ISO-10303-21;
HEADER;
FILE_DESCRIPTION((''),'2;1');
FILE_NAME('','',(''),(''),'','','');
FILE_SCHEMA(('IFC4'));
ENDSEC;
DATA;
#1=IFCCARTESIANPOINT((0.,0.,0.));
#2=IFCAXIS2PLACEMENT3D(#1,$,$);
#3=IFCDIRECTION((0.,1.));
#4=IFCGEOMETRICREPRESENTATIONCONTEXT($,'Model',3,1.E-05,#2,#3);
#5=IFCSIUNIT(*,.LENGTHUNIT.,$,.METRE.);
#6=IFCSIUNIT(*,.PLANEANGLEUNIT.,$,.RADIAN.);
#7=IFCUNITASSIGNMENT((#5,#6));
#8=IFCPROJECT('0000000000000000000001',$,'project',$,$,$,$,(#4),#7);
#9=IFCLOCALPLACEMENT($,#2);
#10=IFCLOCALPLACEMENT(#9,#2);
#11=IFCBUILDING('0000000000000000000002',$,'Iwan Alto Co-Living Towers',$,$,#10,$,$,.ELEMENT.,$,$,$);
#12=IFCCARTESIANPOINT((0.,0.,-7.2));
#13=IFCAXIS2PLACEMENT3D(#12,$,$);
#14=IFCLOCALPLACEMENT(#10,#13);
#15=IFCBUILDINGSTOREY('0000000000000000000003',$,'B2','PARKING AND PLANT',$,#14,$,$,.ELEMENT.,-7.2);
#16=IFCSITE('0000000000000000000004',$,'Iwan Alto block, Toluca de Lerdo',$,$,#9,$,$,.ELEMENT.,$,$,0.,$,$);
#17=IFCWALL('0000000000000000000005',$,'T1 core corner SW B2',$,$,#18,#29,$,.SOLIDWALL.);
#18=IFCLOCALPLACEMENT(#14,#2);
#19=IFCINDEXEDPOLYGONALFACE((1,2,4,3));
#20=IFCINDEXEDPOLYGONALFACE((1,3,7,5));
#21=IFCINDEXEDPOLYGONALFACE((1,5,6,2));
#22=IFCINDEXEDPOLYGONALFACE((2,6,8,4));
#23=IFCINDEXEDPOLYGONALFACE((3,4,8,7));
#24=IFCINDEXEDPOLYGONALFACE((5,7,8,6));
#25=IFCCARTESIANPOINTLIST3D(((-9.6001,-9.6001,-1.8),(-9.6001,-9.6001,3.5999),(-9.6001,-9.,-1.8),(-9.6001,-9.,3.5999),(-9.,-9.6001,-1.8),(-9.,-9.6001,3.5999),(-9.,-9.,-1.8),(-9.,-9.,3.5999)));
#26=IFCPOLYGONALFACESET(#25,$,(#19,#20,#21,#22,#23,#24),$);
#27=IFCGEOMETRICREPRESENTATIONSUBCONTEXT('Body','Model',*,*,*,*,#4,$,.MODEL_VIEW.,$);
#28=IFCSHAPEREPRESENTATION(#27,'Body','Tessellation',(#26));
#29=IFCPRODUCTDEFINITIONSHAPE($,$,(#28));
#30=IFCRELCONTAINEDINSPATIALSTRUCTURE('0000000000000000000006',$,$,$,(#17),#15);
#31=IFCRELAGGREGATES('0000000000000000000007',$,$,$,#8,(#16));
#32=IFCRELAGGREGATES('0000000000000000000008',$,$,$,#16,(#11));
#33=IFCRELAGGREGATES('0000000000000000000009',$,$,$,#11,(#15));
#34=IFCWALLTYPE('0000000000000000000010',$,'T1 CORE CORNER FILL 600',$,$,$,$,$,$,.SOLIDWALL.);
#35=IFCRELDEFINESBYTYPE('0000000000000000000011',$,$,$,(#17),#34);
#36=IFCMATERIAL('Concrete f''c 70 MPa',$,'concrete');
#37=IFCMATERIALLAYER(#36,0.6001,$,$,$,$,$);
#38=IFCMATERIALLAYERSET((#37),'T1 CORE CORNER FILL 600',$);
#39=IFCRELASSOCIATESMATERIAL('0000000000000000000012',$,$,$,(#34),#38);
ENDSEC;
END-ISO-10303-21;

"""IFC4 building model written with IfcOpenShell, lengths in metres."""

from ifc_helpers import new_model, si_unit, direction, frame, frame_2d, origin, place, context, subcontext, project, spatial, rectangle, extrude, material, layer, layer_set, type_object, element, save


model = new_model("IFC4")

# Units and contexts
model_context = context("Model", 3, precision=1e-05, world=origin(), true_north=direction((0.0, 1.0)))
body_context = subcontext(model_context, "Body", "Model", "MODEL_VIEW")
ifc_project = project(units=[si_unit("LENGTHUNIT", "METRE"), si_unit("PLANEANGLEUNIT", "RADIAN")], contexts=[model_context])

# Site, building, storey
site_placement = place(None, origin())
site = spatial("IfcSite", under=ifc_project, at=site_placement, Name="Iwan Alto block, Toluca de Lerdo", CompositionType="ELEMENT", RefElevation=0.0)
building_placement = place(site_placement, origin())
building = spatial("IfcBuilding", under=site, at=building_placement, Name="Iwan Alto Co-Living Towers", CompositionType="ELEMENT")
storey_placement = place(building_placement, frame((0.0, 0.0, -7.2)))
storey = spatial("IfcBuildingStorey", under=building, at=storey_placement, Name="B2", Description="PARKING AND PLANT", CompositionType="ELEMENT", Elevation=-7.2)

# Wall
ifc_material_1 = material(Name="Concrete f'c 70 MPa", Category="concrete")
ifc_layer_1 = layer(ifc_material_1, 0.6001)
ifc_layer_set_1 = layer_set([ifc_layer_1], Name="T1 CORE CORNER FILL 600")
wall_type_1 = type_object("IfcWallType", Name="T1 CORE CORNER FILL 600", PredefinedType="SOLIDWALL", material=ifc_layer_set_1)
wall_placement = place(storey_placement, frame((-9.6001, -9.3, -1.8), z_axis=(0.0, 0.0, 1.0), x_axis=(1.0, 0.0, 0.0)))
element("IfcWall", 1, at=wall_placement, inside=storey, type_object=wall_type_1, Name="T1 core corner SW B2", PredefinedType="SOLIDWALL", context=body_context, shape_type="SweptSolid", body=[
    extrude(rectangle(XDim=0.6001, YDim=0.6001, at=frame_2d((0.3, 0.0))), origin(), (0.0, 0.0, 1.0), 5.3999),
])

save(model, "model.ifc")
